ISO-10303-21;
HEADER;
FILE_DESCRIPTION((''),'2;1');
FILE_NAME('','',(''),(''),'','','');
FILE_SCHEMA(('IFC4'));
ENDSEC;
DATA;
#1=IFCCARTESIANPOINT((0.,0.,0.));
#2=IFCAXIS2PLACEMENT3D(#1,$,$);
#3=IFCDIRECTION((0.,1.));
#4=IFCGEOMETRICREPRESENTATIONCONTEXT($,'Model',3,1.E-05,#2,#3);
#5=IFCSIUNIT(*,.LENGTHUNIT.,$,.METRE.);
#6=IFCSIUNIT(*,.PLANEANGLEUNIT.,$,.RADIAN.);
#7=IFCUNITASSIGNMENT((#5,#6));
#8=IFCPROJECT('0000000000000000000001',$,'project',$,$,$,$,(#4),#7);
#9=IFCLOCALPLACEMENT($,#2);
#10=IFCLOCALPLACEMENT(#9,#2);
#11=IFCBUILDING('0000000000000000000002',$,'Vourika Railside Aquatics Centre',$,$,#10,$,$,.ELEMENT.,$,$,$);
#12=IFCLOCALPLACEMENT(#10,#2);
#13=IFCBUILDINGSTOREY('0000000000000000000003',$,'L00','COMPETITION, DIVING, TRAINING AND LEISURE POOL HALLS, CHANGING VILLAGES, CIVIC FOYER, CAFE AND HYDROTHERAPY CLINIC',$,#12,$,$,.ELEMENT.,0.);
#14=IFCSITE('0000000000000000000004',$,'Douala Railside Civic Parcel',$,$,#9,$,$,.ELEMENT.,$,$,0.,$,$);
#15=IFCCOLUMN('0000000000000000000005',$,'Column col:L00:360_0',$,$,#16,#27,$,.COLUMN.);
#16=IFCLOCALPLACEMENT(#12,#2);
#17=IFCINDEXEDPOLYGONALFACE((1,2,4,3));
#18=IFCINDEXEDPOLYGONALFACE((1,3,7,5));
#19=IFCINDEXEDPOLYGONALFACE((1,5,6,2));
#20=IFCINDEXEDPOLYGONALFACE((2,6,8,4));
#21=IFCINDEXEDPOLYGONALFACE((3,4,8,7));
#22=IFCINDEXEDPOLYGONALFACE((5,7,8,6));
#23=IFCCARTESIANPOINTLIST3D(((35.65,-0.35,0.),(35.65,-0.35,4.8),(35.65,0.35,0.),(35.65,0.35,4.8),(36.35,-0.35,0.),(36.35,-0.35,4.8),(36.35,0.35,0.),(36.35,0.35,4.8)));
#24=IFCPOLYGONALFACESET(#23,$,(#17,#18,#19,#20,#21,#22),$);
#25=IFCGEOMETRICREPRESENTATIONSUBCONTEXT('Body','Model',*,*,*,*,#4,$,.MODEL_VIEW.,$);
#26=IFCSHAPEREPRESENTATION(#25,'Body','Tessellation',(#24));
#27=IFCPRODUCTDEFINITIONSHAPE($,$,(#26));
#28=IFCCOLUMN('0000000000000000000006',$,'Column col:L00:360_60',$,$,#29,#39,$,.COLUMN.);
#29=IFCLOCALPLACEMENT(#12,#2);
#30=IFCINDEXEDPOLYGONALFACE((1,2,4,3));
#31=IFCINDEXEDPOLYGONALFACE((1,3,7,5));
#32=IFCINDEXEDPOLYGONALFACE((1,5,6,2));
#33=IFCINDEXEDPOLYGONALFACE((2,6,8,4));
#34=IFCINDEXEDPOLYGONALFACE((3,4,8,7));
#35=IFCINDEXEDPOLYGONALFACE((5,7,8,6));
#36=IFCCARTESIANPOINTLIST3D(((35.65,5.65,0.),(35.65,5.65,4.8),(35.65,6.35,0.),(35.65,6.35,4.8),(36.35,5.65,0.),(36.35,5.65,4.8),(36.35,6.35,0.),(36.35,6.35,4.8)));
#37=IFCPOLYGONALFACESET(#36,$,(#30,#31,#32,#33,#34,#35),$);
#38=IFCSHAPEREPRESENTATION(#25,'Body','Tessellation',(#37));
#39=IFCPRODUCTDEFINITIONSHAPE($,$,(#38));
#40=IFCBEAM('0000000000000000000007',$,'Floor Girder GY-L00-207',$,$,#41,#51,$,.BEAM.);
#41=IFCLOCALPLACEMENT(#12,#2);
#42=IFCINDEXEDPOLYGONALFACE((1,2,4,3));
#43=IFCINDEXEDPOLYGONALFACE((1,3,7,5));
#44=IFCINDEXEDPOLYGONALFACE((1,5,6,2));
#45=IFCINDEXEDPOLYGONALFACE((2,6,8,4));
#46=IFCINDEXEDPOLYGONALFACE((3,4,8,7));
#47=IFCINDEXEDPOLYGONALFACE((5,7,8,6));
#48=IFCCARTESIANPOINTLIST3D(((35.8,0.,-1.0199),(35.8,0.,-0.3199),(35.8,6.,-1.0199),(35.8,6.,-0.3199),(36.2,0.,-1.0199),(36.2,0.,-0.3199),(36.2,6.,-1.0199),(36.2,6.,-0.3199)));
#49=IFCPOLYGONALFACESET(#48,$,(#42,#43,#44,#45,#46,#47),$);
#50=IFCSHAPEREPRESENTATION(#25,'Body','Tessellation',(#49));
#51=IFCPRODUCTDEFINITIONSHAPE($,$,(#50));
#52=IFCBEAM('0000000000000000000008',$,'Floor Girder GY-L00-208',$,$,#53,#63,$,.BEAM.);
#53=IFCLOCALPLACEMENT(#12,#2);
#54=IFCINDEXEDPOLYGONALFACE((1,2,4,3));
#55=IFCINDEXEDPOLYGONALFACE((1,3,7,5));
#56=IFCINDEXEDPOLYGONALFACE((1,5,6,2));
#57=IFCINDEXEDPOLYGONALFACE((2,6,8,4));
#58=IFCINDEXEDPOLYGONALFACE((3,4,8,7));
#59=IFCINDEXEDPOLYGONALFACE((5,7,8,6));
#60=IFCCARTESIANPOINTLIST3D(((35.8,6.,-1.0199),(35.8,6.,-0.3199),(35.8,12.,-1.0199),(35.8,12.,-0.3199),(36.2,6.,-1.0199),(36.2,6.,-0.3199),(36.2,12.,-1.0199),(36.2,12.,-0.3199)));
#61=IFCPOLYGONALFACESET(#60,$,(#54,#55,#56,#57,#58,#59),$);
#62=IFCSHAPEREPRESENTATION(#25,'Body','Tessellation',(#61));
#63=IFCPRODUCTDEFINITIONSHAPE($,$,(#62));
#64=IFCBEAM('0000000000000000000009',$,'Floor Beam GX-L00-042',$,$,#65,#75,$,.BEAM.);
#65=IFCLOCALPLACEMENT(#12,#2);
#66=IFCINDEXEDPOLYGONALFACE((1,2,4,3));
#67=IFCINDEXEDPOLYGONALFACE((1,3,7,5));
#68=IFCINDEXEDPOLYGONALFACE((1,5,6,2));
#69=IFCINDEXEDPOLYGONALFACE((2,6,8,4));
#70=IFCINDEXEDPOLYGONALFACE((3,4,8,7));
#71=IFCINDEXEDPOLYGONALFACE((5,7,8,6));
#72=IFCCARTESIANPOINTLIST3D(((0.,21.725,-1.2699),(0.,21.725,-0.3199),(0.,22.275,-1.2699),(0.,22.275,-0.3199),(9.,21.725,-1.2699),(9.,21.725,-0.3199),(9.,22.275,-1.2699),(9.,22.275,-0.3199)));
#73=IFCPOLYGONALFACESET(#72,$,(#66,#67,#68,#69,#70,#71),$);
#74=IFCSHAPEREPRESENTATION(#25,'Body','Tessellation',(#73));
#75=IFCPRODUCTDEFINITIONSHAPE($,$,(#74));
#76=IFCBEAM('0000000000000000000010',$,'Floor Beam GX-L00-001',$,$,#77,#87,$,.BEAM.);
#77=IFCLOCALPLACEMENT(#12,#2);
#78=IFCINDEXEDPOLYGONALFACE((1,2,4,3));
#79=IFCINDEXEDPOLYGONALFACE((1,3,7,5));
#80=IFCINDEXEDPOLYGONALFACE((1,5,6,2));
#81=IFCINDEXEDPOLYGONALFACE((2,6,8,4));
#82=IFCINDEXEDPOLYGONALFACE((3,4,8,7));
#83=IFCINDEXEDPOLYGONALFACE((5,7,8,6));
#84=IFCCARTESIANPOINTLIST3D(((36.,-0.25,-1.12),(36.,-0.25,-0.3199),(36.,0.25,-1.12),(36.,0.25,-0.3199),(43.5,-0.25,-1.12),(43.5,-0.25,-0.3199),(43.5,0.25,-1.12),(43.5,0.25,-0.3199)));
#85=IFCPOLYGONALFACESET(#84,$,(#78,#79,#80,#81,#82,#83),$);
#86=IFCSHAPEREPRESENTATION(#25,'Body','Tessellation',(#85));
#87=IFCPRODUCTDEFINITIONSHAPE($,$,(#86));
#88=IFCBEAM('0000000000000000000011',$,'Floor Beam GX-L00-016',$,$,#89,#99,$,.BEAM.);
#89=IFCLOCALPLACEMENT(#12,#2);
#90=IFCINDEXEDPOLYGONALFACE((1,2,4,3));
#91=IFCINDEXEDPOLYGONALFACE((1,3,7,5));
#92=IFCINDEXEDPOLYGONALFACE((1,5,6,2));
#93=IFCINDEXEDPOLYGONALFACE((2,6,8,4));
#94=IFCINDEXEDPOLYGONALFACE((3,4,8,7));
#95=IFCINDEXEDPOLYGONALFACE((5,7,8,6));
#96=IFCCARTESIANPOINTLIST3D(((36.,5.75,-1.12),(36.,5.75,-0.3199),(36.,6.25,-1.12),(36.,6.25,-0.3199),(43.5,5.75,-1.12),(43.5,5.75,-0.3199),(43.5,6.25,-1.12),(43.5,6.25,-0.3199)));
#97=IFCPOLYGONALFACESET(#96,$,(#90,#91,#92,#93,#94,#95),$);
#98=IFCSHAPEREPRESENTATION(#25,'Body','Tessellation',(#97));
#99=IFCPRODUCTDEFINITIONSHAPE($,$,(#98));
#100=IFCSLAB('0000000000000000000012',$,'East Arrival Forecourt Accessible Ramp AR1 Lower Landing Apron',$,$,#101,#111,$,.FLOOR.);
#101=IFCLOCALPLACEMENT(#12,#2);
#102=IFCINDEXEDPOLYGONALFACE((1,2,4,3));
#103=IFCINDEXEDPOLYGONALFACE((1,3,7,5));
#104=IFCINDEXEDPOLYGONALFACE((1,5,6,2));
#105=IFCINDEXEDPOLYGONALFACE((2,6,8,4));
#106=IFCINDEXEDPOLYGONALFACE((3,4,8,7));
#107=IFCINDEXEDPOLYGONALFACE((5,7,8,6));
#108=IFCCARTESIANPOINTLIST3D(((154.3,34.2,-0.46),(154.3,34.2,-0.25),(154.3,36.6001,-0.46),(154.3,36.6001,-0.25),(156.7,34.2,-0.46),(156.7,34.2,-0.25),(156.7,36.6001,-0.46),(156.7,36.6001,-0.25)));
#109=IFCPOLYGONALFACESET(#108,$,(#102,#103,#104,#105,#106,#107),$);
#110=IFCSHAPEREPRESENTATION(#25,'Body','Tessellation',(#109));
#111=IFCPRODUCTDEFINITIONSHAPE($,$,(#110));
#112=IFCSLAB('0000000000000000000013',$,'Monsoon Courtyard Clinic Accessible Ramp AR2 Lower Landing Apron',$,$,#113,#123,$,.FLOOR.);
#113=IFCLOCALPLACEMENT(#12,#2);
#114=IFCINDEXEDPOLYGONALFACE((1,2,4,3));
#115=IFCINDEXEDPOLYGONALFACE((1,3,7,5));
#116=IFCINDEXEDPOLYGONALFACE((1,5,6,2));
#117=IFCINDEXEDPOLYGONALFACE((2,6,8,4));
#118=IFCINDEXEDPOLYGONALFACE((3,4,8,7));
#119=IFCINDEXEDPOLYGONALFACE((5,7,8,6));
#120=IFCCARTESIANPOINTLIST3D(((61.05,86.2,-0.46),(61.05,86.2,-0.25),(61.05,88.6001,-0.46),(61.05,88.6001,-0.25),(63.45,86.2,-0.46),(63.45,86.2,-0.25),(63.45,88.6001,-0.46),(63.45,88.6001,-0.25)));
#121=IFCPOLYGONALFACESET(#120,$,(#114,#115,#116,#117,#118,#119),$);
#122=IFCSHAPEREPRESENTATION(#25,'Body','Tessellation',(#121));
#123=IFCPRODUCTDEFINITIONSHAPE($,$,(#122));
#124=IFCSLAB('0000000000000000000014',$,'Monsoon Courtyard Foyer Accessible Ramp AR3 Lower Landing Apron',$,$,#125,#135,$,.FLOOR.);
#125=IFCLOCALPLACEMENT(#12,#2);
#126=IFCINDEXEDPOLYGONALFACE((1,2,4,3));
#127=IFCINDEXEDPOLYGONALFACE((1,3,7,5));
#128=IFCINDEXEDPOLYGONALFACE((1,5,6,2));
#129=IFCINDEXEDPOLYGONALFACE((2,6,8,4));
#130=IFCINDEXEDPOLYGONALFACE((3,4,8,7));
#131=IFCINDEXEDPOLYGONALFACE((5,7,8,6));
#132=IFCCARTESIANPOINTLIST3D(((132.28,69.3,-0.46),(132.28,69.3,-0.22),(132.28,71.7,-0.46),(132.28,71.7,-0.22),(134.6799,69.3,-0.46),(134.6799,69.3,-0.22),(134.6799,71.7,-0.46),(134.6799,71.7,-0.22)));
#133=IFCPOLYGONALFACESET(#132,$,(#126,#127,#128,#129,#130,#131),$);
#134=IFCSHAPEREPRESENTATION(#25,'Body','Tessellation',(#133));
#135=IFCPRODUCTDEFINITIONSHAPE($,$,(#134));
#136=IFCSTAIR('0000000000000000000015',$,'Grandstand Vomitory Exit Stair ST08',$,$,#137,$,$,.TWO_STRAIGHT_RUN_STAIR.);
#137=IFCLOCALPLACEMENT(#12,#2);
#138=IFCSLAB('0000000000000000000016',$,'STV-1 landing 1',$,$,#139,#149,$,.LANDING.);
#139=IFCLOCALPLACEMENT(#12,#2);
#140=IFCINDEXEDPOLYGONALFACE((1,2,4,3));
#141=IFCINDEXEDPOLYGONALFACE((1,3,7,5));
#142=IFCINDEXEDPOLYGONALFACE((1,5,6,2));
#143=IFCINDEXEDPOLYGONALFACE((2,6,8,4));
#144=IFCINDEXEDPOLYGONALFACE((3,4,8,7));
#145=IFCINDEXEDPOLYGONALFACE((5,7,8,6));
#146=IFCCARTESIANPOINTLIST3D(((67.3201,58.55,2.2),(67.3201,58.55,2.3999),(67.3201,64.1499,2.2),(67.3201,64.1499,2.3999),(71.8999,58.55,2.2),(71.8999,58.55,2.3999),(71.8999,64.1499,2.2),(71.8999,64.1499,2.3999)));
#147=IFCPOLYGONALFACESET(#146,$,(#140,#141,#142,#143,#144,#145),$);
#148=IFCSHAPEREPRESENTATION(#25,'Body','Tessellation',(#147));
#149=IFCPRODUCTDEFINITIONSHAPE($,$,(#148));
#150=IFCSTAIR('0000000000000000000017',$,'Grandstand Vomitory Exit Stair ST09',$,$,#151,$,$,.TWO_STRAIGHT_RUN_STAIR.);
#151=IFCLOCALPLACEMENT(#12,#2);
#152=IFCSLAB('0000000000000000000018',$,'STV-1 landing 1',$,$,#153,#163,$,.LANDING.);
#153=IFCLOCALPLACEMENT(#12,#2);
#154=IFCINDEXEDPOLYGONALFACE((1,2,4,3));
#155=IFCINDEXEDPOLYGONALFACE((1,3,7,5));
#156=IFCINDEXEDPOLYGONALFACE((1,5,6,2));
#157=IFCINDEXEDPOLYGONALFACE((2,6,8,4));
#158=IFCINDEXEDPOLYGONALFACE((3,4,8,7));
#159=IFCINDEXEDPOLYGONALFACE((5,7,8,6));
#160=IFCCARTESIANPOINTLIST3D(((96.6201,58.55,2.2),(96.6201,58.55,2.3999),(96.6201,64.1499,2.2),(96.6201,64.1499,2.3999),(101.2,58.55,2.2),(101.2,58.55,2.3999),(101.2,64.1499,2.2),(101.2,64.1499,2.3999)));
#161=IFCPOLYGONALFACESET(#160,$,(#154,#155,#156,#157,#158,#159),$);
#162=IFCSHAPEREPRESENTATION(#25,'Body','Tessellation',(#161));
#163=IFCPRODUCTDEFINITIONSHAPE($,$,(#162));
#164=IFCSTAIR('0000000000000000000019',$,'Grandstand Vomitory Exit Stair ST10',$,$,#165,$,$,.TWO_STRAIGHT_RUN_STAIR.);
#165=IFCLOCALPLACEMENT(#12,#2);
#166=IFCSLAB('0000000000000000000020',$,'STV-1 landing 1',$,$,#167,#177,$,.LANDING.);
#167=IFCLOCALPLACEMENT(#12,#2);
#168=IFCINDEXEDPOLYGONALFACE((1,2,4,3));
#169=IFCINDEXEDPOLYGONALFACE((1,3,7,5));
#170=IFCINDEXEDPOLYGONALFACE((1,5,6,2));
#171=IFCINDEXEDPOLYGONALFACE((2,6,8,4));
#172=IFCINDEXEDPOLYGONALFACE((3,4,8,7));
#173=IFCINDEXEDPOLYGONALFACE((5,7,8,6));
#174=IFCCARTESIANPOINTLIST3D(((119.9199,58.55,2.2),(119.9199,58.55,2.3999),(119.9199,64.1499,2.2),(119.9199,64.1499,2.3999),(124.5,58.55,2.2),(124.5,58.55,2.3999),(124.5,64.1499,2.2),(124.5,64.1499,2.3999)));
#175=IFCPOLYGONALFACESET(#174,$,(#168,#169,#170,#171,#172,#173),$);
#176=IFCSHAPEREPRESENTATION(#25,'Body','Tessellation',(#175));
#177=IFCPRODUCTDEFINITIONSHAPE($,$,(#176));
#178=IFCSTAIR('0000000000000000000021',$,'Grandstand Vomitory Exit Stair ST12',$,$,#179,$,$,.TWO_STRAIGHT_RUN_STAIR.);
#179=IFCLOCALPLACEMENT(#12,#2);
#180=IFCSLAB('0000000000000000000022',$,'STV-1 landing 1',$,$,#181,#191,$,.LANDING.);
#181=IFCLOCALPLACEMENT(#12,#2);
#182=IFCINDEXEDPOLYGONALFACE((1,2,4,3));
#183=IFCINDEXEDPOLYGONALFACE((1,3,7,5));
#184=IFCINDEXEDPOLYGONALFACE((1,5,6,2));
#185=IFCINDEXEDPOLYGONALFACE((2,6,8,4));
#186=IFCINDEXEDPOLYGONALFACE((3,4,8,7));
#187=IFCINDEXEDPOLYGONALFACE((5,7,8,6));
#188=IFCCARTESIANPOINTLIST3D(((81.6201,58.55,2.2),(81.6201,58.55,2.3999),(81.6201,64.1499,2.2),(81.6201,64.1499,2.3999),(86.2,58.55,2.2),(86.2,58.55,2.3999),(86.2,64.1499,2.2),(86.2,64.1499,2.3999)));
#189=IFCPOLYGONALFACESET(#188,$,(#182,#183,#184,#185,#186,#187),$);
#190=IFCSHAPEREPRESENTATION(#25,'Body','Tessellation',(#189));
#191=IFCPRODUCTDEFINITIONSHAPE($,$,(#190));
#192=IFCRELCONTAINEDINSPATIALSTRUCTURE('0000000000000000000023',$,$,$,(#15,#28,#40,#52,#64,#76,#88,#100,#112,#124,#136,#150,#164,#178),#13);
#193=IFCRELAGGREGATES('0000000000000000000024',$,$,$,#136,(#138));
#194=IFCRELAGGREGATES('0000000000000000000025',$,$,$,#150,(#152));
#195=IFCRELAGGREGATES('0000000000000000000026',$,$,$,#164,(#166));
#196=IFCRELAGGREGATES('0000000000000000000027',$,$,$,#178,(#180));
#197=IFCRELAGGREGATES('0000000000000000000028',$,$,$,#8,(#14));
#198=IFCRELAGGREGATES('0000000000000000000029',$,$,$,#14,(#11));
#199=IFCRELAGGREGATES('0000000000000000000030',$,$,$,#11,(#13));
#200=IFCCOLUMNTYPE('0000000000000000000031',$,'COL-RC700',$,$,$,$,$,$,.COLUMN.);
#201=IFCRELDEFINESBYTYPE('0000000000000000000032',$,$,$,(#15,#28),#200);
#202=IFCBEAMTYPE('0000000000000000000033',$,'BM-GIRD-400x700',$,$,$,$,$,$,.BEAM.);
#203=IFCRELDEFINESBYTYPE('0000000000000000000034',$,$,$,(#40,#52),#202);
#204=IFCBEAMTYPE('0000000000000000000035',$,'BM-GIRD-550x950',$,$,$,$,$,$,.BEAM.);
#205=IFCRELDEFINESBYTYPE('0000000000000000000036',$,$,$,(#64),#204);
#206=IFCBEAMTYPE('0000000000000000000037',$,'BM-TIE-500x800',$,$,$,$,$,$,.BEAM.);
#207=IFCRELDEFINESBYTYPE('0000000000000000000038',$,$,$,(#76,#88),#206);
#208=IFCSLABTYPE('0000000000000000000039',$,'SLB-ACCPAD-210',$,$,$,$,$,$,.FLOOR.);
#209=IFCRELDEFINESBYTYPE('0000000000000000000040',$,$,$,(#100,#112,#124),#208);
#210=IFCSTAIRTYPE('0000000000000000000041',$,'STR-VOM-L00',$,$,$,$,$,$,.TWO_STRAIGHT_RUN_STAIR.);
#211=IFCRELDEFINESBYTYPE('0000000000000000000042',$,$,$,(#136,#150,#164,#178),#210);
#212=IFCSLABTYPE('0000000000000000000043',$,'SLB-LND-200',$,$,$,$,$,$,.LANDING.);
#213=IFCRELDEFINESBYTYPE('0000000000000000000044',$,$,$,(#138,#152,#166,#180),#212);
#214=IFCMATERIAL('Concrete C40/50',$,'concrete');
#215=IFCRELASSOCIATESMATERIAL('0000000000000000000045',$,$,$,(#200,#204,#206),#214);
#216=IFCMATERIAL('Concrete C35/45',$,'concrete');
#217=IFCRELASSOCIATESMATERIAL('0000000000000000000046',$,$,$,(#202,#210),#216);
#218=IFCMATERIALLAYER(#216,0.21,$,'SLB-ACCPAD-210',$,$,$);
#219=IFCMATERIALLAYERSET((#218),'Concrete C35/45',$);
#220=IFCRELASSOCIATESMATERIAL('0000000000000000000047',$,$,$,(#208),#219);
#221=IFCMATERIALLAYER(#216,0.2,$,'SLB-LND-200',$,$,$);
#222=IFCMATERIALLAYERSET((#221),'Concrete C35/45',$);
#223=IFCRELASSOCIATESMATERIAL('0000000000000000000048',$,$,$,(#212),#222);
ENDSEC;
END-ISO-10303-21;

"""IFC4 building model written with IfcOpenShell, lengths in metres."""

from ifc_helpers import new_model, si_unit, direction, frame, origin, origin_2d, place, context, subcontext, project, spatial, polyline, rectangle, outline, extrude, material, layer, layer_set, material_profile, profile_set, type_object, element, aggregate, save


model = new_model("IFC4")

# Units and contexts
model_context = context("Model", 3, precision=1e-05, world=origin(), true_north=direction((0.0, 1.0)))
body_context = subcontext(model_context, "Body", "Model", "MODEL_VIEW")
ifc_project = project(units=[si_unit("LENGTHUNIT", "METRE"), si_unit("PLANEANGLEUNIT", "RADIAN")], contexts=[model_context])

# Site, building, storey
site_placement = place(None, origin())
site = spatial("IfcSite", under=ifc_project, at=site_placement, Name="Douala Railside Civic Parcel", CompositionType="ELEMENT", RefElevation=0.0)
building_placement = place(site_placement, origin())
building = spatial("IfcBuilding", under=site, at=building_placement, Name="Vourika Railside Aquatics Centre", CompositionType="ELEMENT")
storey_placement = place(building_placement, origin())
storey = spatial("IfcBuildingStorey", under=building, at=storey_placement, Name="L00", Description="COMPETITION, DIVING, TRAINING AND LEISURE POOL HALLS, CHANGING VILLAGES, CIVIC FOYER, CAFE AND HYDROTHERAPY CLINIC", CompositionType="ELEMENT", Elevation=0.0)

# Columns
ifc_material_1 = material(Name="Concrete C40/50", Category="concrete")
ifc_material_profile_1 = material_profile(ifc_material_1, rectangle(XDim=0.7, YDim=0.7, at=origin_2d()), Name="RC 700x700")
ifc_profile_set_1 = profile_set([ifc_material_profile_1], Name="Concrete C40/50")
column_type = type_object("IfcColumnType", Name="COL-RC700", PredefinedType="COLUMN", material=ifc_profile_set_1)
for number, where, z_axis, x_axis, name in (
    (1, (36.0, 0.0, 0.0), (0.0, 0.0, 1.0), (1.0, 0.0, 0.0), "Column col:L00:360_0"),
    (2, (36.0, 6.0, 0.0), (0.0, 0.0, 1.0), (1.0, 0.0, 0.0), "Column col:L00:360_60"),
):
    element("IfcColumn", number, at=place(storey_placement, frame(where, z_axis=z_axis, x_axis=x_axis)), inside=storey, type_object=column_type, Name=name, PredefinedType="COLUMN", context=body_context, shape_type="SweptSolid", body=[
        extrude(rectangle(XDim=0.7, YDim=0.7, at=origin_2d()), origin(), (0.0, 0.0, 1.0), 4.8),
    ])

# Beams
ifc_material_2 = material(Name="Concrete C35/45", Category="concrete")
ifc_material_profile_2 = material_profile(ifc_material_2, rectangle(XDim=0.3999, YDim=0.7, at=origin_2d()), Name="RC 400x700")
ifc_profile_set_2 = profile_set([ifc_material_profile_2], Name="Concrete C35/45")
beam_type_1 = type_object("IfcBeamType", Name="BM-GIRD-400x700", PredefinedType="BEAM", material=ifc_profile_set_2)
for number, where, z_axis, x_axis, name in (
    (3, (36.0, 0.0, -0.6699), (0.0, 1.0, 0.0), (-1.0, 0.0, 0.0), "Floor Girder GY-L00-207"),
    (4, (36.0, 6.0, -0.6699), (0.0, 1.0, 0.0), (-1.0, 0.0, 0.0), "Floor Girder GY-L00-208"),
):
    element("IfcBeam", number, at=place(storey_placement, frame(where, z_axis=z_axis, x_axis=x_axis)), inside=storey, type_object=beam_type_1, Name=name, PredefinedType="BEAM", context=body_context, shape_type="SweptSolid", body=[
        extrude(rectangle(XDim=0.3999, YDim=0.7, at=origin_2d()), origin(), (0.0, 0.0, 1.0), 6.0),
    ])
ifc_material_profile_3 = material_profile(ifc_material_1, rectangle(XDim=0.55, YDim=0.95, at=origin_2d()), Name="RC 550x950")
ifc_profile_set_3 = profile_set([ifc_material_profile_3], Name="Concrete C40/50")
beam_type_2 = type_object("IfcBeamType", Name="BM-GIRD-550x950", PredefinedType="BEAM", material=ifc_profile_set_3)
beam_placement = place(storey_placement, frame((0.0, 22.0, -0.7949), z_axis=(1.0, 0.0, 0.0), x_axis=(0.0, 1.0, 0.0)))
element("IfcBeam", 5, at=beam_placement, inside=storey, type_object=beam_type_2, Name="Floor Beam GX-L00-042", PredefinedType="BEAM", context=body_context, shape_type="SweptSolid", body=[
    extrude(rectangle(XDim=0.55, YDim=0.95, at=origin_2d()), origin(), (0.0, 0.0, 1.0), 9.0),
])
ifc_material_profile_4 = material_profile(ifc_material_1, rectangle(XDim=0.5, YDim=0.8, at=origin_2d()), Name="RC 500x800")
ifc_profile_set_4 = profile_set([ifc_material_profile_4], Name="Concrete C40/50")
beam_type_3 = type_object("IfcBeamType", Name="BM-TIE-500x800", PredefinedType="BEAM", material=ifc_profile_set_4)
for number, where, z_axis, x_axis, name in (
    (6, (36.0, 0.0, -0.72), (1.0, 0.0, 0.0), (0.0, 1.0, 0.0), "Floor Beam GX-L00-001"),
    (7, (36.0, 6.0, -0.72), (1.0, 0.0, 0.0), (0.0, 1.0, 0.0), "Floor Beam GX-L00-016"),
):
    element("IfcBeam", number, at=place(storey_placement, frame(where, z_axis=z_axis, x_axis=x_axis)), inside=storey, type_object=beam_type_3, Name=name, PredefinedType="BEAM", context=body_context, shape_type="SweptSolid", body=[
        extrude(rectangle(XDim=0.5, YDim=0.8, at=origin_2d()), origin(), (0.0, 0.0, 1.0), 7.5),
    ])

# Slabs
ifc_layer_1 = layer(ifc_material_2, 0.21, Name="SLB-ACCPAD-210")
ifc_layer_set_1 = layer_set([ifc_layer_1], Name="Concrete C35/45")
slab_type_1 = type_object("IfcSlabType", Name="SLB-ACCPAD-210", PredefinedType="FLOOR", material=ifc_layer_set_1)
slab_1_placement = place(storey_placement, frame((0.0, 0.0, -0.46)))
element("IfcSlab", 8, at=slab_1_placement, inside=storey, type_object=slab_type_1, Name="East Arrival Forecourt Accessible Ramp AR1 Lower Landing Apron", PredefinedType="FLOOR", context=body_context, shape_type="SweptSolid", body=[
    extrude(outline(polyline([(154.3, 34.2), (156.7, 34.2), (156.7, 36.6001), (154.3, 36.6001), (154.3, 34.2)])), origin(), (0.0, 0.0, 1.0), 0.21),
])
slab_2_placement = place(storey_placement, frame((0.0, 0.0, -0.46)))
element("IfcSlab", 9, at=slab_2_placement, inside=storey, type_object=slab_type_1, Name="Monsoon Courtyard Clinic Accessible Ramp AR2 Lower Landing Apron", PredefinedType="FLOOR", context=body_context, shape_type="SweptSolid", body=[
    extrude(outline(polyline([(61.05, 86.2), (63.45, 86.2), (63.45, 88.6001), (61.05, 88.6001), (61.05, 86.2)])), origin(), (0.0, 0.0, 1.0), 0.21),
])
slab_3_placement = place(storey_placement, frame((0.0, 0.0, -0.46)))
element("IfcSlab", 10, at=slab_3_placement, inside=storey, type_object=slab_type_1, Name="Monsoon Courtyard Foyer Accessible Ramp AR3 Lower Landing Apron", PredefinedType="FLOOR", context=body_context, shape_type="SweptSolid", body=[
    extrude(outline(polyline([(132.28, 69.3), (134.6799, 69.3), (134.6799, 71.7), (132.28, 71.7), (132.28, 69.3)])), origin(), (0.0, 0.0, 1.0), 0.24),
])

# Stairs, slabs
stair_type = type_object("IfcStairType", Name="STR-VOM-L00", PredefinedType="TWO_STRAIGHT_RUN_STAIR", material=ifc_material_2)
stair_1_placement = place(storey_placement, origin())
stair_1 = element("IfcStair", 11, at=stair_1_placement, inside=storey, type_object=stair_type, Name="Grandstand Vomitory Exit Stair ST08", PredefinedType="TWO_STRAIGHT_RUN_STAIR")
ifc_layer_2 = layer(ifc_material_2, 0.2, Name="SLB-LND-200")
ifc_layer_set_2 = layer_set([ifc_layer_2], Name="Concrete C35/45")
slab_type_2 = type_object("IfcSlabType", Name="SLB-LND-200", PredefinedType="LANDING", material=ifc_layer_set_2)
slab_4_placement = place(storey_placement, frame((0.0, 0.0, 2.2)))
slab_4 = element("IfcSlab", 12, at=slab_4_placement, type_object=slab_type_2, Name="STV-1 landing 1", PredefinedType="LANDING", context=body_context, shape_type="SweptSolid", body=[
    extrude(outline(polyline([(67.3201, 58.55), (71.8999, 58.55), (71.8999, 64.1499), (67.3201, 64.1499), (67.3201, 58.55)])), origin(), (0.0, 0.0, 1.0), 0.2),
])
aggregate(stair_1, [slab_4])
stair_2_placement = place(storey_placement, origin())
stair_2 = element("IfcStair", 13, at=stair_2_placement, inside=storey, type_object=stair_type, Name="Grandstand Vomitory Exit Stair ST09", PredefinedType="TWO_STRAIGHT_RUN_STAIR")
slab_5_placement = place(storey_placement, frame((0.0, 0.0, 2.2)))
slab_5 = element("IfcSlab", 14, at=slab_5_placement, type_object=slab_type_2, Name="STV-1 landing 1", PredefinedType="LANDING", context=body_context, shape_type="SweptSolid", body=[
    extrude(outline(polyline([(96.6201, 58.55), (101.2, 58.55), (101.2, 64.1499), (96.6201, 64.1499), (96.6201, 58.55)])), origin(), (0.0, 0.0, 1.0), 0.2),
])
aggregate(stair_2, [slab_5])
stair_3_placement = place(storey_placement, origin())
stair_3 = element("IfcStair", 15, at=stair_3_placement, inside=storey, type_object=stair_type, Name="Grandstand Vomitory Exit Stair ST10", PredefinedType="TWO_STRAIGHT_RUN_STAIR")
slab_6_placement = place(storey_placement, frame((0.0, 0.0, 2.2)))
slab_6 = element("IfcSlab", 16, at=slab_6_placement, type_object=slab_type_2, Name="STV-1 landing 1", PredefinedType="LANDING", context=body_context, shape_type="SweptSolid", body=[
    extrude(outline(polyline([(119.9199, 58.55), (124.5, 58.55), (124.5, 64.1499), (119.9199, 64.1499), (119.9199, 58.55)])), origin(), (0.0, 0.0, 1.0), 0.2),
])
aggregate(stair_3, [slab_6])
stair_4_placement = place(storey_placement, origin())
stair_4 = element("IfcStair", 17, at=stair_4_placement, inside=storey, type_object=stair_type, Name="Grandstand Vomitory Exit Stair ST12", PredefinedType="TWO_STRAIGHT_RUN_STAIR")
slab_7_placement = place(storey_placement, frame((0.0, 0.0, 2.2)))
slab_7 = element("IfcSlab", 18, at=slab_7_placement, type_object=slab_type_2, Name="STV-1 landing 1", PredefinedType="LANDING", context=body_context, shape_type="SweptSolid", body=[
    extrude(outline(polyline([(81.6201, 58.55), (86.2, 58.55), (86.2, 64.1499), (81.6201, 64.1499), (81.6201, 58.55)])), origin(), (0.0, 0.0, 1.0), 0.2),
])
aggregate(stair_4, [slab_7])

save(model, "model.ifc")
